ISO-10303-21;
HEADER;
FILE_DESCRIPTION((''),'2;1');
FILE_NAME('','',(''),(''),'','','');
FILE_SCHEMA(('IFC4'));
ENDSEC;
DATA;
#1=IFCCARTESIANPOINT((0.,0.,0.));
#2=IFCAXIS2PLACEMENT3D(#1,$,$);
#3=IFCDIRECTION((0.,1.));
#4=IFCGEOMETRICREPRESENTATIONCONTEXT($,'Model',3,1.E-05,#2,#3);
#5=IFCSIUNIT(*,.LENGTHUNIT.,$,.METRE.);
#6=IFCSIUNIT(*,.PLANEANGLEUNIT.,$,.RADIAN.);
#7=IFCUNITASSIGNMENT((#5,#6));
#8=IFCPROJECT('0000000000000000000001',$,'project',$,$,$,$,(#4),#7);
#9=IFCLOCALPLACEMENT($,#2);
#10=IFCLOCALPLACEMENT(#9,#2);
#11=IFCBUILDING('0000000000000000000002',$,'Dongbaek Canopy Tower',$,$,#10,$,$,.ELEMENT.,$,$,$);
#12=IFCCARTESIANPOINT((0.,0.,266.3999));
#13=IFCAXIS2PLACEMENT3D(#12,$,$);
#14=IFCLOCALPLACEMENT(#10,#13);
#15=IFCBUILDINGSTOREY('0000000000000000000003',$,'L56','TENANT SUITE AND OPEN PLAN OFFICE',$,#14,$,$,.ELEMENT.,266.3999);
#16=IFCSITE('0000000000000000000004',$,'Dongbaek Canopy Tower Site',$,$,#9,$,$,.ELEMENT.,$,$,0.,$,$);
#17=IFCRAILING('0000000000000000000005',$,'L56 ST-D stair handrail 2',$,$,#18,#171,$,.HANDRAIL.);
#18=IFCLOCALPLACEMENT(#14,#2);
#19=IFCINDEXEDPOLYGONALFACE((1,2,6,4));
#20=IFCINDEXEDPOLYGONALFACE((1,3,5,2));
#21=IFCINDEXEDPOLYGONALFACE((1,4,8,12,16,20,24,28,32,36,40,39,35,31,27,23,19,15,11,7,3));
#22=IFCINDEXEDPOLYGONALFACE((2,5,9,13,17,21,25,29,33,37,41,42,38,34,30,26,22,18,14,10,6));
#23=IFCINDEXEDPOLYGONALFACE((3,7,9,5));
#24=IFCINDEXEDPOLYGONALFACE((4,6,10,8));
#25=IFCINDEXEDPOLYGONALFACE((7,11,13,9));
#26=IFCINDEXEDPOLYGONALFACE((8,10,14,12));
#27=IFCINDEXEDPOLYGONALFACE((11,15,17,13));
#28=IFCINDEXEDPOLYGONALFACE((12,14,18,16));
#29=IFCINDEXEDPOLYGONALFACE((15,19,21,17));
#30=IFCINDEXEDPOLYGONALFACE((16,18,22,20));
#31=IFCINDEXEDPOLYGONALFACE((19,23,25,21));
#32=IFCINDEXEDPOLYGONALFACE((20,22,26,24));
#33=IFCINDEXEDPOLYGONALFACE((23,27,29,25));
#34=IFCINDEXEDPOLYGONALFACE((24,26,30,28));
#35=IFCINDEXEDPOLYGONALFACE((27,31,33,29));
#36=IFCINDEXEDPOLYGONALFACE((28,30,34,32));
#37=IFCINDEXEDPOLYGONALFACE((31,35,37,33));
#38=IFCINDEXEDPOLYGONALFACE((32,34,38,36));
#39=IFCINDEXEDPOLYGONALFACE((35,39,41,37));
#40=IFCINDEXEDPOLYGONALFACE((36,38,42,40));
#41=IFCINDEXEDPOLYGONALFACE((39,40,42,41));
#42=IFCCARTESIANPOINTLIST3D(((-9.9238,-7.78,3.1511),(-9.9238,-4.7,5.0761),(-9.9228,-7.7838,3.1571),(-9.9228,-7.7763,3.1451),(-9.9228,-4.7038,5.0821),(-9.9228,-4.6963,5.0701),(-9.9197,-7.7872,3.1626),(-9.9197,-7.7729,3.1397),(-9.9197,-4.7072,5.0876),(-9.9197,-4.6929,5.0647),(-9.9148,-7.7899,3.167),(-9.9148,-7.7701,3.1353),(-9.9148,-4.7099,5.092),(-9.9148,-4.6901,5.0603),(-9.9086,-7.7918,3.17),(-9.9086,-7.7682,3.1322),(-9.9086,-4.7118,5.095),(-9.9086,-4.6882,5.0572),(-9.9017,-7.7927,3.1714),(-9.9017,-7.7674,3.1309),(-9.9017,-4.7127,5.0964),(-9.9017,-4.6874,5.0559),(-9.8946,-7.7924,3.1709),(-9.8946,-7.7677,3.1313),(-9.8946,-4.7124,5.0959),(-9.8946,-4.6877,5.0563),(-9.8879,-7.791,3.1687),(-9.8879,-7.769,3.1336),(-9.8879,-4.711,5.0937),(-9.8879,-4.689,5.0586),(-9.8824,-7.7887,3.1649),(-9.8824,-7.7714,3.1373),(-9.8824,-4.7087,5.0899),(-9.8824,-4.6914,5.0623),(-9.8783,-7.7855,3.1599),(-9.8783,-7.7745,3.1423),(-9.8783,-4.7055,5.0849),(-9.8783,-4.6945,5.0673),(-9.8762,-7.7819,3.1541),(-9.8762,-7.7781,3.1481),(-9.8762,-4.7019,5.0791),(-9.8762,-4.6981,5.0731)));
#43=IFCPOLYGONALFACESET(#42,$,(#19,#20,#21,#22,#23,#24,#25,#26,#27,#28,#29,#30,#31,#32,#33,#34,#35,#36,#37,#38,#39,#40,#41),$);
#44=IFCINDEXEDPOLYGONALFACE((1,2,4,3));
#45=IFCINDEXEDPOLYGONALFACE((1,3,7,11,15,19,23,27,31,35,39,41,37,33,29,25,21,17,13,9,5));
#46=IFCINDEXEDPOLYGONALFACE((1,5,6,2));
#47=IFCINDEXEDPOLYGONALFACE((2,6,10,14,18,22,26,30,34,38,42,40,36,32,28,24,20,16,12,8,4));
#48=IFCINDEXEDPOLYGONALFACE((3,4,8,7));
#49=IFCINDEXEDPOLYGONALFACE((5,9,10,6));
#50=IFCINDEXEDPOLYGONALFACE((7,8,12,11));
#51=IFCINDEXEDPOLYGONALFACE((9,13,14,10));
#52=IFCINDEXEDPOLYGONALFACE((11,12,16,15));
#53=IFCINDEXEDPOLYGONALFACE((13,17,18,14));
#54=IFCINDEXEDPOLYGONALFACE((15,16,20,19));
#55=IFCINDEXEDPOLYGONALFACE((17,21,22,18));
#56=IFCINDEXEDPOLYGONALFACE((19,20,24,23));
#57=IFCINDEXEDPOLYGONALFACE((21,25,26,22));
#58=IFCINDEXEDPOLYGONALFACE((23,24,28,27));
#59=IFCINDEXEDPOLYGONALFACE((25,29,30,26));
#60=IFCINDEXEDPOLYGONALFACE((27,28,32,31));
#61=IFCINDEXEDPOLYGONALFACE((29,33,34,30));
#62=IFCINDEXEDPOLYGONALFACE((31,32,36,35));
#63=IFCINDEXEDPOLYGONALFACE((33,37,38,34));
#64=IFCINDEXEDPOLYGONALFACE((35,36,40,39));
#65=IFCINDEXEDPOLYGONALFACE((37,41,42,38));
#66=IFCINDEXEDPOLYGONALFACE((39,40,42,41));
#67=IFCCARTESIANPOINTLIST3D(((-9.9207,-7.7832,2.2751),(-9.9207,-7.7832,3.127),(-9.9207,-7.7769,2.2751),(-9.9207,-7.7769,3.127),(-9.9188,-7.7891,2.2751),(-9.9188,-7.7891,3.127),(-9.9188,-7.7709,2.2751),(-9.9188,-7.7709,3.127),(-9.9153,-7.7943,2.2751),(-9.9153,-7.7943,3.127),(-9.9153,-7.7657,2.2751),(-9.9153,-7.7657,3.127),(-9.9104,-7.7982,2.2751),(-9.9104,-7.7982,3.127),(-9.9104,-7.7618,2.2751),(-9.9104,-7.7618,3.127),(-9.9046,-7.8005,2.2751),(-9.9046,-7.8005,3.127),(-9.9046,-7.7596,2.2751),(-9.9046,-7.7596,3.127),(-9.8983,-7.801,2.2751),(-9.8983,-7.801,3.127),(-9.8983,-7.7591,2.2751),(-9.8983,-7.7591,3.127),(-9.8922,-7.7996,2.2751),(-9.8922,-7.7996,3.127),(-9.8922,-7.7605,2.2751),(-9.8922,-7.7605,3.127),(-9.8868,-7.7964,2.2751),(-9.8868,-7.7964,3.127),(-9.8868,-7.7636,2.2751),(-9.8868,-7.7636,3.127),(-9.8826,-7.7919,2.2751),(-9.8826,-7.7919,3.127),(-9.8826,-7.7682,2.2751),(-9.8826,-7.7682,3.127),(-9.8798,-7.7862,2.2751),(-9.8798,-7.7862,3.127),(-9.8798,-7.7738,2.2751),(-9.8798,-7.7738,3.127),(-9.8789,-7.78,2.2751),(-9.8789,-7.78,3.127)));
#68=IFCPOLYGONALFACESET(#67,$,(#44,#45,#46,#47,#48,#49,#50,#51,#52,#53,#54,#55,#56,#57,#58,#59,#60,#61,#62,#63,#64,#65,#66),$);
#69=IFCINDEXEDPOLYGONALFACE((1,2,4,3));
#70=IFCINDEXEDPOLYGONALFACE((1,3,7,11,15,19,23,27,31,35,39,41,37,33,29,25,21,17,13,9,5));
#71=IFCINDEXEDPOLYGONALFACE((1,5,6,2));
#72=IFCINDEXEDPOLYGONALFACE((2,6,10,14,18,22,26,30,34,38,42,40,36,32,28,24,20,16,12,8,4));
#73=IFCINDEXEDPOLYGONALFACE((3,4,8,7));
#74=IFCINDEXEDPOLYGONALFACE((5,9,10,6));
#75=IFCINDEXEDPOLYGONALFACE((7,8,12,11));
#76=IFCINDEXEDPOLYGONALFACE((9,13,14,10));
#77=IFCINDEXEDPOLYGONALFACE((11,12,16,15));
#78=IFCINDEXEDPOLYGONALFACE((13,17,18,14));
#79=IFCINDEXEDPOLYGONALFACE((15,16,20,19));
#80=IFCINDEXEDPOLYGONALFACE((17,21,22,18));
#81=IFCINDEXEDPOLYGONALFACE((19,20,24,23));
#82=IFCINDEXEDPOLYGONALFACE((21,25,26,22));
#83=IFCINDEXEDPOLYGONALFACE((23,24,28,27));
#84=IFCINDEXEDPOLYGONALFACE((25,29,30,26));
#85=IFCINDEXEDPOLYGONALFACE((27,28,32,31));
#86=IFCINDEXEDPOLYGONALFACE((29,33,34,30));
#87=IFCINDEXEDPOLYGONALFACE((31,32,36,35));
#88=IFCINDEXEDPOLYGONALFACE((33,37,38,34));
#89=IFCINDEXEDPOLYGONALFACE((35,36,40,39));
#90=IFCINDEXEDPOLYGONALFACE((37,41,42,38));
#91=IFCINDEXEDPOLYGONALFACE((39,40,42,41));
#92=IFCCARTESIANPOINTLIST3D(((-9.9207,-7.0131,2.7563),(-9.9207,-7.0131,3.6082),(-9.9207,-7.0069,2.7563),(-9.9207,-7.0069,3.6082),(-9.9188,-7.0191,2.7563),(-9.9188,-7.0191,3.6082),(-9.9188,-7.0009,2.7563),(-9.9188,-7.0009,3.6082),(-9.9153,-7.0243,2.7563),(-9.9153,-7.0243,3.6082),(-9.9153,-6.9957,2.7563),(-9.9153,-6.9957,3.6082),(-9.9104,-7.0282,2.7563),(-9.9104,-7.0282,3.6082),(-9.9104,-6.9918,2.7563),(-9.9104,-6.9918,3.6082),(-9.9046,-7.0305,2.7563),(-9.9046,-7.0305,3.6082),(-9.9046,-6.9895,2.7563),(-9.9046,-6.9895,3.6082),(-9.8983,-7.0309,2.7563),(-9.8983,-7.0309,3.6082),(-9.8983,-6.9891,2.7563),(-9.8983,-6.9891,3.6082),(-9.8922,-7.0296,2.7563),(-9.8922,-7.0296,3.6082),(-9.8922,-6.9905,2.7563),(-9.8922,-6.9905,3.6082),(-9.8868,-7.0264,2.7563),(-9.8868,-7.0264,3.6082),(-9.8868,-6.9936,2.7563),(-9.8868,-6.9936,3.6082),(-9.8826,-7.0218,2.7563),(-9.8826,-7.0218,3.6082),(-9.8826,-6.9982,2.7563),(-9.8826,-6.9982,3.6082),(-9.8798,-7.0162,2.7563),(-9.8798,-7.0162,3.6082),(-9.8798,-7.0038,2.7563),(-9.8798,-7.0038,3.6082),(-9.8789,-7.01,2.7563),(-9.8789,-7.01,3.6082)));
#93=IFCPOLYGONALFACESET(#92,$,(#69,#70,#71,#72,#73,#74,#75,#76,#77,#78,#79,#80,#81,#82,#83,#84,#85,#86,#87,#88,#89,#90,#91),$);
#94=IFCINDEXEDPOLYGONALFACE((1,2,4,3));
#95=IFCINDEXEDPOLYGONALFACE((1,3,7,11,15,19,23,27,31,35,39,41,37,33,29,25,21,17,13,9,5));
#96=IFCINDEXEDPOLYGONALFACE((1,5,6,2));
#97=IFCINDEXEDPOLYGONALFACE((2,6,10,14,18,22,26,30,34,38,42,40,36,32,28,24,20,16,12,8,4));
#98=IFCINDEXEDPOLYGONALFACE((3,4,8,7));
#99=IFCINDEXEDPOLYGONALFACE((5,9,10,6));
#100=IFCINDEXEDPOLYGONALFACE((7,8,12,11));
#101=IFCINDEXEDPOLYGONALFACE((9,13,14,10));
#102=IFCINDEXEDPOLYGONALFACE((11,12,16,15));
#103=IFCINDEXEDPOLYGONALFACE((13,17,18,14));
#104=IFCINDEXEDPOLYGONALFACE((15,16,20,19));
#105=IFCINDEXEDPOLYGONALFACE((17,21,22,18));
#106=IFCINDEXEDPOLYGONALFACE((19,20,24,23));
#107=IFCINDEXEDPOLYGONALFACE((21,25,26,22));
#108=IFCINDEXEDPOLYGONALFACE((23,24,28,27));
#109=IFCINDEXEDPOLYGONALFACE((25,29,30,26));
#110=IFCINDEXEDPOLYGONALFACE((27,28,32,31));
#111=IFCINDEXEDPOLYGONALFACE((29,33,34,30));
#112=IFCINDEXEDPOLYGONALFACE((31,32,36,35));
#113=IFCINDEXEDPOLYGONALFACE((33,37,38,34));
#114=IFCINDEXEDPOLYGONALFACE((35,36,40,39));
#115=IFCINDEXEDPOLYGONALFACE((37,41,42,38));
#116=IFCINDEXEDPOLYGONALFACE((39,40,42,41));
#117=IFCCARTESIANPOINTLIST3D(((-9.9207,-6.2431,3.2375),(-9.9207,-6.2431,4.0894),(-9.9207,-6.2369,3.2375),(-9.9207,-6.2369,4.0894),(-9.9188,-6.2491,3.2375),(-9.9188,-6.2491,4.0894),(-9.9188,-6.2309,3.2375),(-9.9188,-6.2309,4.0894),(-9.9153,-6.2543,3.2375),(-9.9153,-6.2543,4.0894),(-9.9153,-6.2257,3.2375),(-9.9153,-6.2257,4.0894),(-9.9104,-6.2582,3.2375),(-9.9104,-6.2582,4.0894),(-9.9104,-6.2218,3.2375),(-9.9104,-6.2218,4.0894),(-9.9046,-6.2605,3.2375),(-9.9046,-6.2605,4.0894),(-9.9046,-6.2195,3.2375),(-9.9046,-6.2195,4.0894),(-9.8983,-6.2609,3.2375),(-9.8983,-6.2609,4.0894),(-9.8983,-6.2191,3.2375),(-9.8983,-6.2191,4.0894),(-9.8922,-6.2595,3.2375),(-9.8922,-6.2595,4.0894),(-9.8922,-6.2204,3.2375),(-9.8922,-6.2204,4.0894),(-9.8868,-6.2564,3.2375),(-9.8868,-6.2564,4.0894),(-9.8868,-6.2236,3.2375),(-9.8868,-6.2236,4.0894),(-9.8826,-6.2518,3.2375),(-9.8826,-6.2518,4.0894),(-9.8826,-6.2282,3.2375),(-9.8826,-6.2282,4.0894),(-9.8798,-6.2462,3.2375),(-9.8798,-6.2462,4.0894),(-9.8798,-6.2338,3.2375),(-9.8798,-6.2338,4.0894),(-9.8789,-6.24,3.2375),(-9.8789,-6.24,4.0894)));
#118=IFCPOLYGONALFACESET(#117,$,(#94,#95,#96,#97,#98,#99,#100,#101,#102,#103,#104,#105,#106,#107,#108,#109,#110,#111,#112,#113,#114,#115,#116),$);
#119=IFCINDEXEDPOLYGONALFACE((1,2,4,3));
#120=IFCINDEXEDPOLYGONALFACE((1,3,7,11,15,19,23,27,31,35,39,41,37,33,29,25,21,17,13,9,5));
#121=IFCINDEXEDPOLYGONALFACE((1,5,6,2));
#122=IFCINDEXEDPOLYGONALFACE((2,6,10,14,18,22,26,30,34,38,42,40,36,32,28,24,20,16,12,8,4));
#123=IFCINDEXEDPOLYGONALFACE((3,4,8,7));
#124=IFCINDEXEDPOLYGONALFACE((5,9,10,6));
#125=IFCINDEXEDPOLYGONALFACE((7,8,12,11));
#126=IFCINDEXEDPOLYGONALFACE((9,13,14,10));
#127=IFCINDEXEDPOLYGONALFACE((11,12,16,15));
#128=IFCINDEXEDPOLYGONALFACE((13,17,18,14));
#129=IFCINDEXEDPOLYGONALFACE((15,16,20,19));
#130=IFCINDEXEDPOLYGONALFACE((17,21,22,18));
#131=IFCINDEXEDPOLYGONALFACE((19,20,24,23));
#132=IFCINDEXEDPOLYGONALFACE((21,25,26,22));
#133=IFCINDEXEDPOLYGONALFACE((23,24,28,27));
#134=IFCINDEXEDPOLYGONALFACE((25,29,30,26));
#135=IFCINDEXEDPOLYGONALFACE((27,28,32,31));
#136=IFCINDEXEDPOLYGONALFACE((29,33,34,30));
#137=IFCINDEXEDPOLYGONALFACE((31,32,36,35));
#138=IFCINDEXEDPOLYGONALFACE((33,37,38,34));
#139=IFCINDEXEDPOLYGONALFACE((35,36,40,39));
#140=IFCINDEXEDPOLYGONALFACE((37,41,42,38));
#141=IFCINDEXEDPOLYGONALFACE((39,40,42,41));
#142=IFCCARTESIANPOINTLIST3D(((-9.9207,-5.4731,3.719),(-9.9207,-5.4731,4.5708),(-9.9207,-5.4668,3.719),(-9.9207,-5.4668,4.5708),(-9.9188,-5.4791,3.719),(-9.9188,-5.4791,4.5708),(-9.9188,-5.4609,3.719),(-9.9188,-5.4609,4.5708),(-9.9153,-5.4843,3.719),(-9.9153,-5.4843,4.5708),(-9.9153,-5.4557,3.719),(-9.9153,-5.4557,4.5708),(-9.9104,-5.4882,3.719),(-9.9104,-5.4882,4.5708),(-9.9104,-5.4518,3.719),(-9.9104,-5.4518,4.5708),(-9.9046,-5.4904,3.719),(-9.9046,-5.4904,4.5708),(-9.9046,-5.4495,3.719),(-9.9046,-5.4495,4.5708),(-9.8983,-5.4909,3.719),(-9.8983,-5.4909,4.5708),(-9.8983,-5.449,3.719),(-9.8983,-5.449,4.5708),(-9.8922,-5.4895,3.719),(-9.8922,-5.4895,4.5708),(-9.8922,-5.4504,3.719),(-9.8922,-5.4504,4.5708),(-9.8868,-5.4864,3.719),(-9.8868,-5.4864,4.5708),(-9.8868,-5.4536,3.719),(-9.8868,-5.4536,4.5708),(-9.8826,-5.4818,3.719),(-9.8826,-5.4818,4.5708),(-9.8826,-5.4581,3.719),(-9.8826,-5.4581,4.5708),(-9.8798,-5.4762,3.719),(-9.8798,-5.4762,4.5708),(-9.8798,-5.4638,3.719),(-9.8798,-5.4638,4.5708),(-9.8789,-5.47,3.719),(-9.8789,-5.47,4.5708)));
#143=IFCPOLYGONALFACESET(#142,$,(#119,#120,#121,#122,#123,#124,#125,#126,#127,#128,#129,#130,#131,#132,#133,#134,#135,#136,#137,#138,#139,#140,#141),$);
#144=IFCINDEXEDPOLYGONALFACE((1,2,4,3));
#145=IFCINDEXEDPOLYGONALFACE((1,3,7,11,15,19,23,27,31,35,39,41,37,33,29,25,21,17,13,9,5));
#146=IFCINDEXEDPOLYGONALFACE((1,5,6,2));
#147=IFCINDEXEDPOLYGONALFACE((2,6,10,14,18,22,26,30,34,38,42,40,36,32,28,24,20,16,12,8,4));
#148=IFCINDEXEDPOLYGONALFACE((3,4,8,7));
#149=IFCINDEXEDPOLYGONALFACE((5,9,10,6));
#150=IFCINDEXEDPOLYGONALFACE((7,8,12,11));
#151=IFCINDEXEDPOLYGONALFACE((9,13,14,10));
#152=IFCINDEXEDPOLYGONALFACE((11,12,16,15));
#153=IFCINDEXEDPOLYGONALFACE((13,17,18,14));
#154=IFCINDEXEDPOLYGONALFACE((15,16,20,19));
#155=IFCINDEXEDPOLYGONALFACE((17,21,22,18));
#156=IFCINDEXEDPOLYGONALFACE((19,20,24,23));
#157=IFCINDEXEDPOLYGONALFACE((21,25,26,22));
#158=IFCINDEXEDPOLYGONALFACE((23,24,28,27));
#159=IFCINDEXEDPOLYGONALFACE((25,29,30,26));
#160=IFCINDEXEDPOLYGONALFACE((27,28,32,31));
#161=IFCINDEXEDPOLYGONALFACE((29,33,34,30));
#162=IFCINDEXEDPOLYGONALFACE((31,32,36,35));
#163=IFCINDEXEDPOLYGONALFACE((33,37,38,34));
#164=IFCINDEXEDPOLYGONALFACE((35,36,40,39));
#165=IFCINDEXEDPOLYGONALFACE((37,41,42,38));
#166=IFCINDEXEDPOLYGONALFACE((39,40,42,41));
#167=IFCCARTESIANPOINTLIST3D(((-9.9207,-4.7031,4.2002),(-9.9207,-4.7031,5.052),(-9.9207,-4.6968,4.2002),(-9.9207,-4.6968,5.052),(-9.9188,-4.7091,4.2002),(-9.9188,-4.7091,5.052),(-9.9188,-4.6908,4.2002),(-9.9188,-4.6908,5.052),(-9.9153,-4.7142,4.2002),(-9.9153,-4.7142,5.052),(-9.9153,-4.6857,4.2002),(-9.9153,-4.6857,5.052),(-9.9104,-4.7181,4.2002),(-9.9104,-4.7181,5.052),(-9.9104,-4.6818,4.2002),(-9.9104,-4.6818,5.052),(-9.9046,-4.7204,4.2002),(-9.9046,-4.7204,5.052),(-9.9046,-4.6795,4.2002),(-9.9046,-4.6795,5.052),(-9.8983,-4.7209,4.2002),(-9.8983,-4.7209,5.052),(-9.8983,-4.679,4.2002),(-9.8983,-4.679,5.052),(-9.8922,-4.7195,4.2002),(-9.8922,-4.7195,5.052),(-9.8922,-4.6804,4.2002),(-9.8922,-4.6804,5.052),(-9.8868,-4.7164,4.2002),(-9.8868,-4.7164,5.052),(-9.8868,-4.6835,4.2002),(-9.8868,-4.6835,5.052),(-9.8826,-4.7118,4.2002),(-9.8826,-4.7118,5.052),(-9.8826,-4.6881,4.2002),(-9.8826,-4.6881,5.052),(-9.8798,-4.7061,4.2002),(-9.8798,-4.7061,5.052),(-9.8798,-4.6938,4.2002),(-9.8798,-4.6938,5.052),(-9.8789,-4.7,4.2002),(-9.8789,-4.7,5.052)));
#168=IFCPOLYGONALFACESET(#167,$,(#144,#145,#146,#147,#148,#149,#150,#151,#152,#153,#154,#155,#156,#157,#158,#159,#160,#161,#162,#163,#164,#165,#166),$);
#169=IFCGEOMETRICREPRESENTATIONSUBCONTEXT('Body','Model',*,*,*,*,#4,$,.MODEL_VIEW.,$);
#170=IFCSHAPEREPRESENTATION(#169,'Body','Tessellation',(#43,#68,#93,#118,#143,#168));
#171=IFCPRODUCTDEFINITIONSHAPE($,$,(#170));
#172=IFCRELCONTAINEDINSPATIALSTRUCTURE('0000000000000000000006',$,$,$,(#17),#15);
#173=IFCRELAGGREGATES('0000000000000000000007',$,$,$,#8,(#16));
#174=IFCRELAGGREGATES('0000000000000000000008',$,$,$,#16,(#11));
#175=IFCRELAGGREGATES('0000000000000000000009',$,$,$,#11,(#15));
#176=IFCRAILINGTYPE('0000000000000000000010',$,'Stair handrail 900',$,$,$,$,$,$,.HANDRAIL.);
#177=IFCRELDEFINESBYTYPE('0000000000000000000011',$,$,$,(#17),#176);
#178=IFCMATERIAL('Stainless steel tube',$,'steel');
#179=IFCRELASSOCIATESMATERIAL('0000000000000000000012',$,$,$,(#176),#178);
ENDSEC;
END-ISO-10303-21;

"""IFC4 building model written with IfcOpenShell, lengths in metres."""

from ifc_helpers import new_model, si_unit, direction, frame, origin, origin_2d, place, context, subcontext, project, spatial, circle, extrude, material, type_object, element, save


model = new_model("IFC4")

# Units and contexts
model_context = context("Model", 3, precision=1e-05, world=origin(), true_north=direction((0.0, 1.0)))
body_context = subcontext(model_context, "Body", "Model", "MODEL_VIEW")
ifc_project = project(units=[si_unit("LENGTHUNIT", "METRE"), si_unit("PLANEANGLEUNIT", "RADIAN")], contexts=[model_context])

# Site, building, storey
site_placement = place(None, origin())
site = spatial("IfcSite", under=ifc_project, at=site_placement, Name="Dongbaek Canopy Tower Site", CompositionType="ELEMENT", RefElevation=0.0)
building_placement = place(site_placement, origin())
building = spatial("IfcBuilding", under=site, at=building_placement, Name="Dongbaek Canopy Tower", CompositionType="ELEMENT")
storey_placement = place(building_placement, frame((0.0, 0.0, 266.3999)))
storey = spatial("IfcBuildingStorey", under=building, at=storey_placement, Name="L56", Description="TENANT SUITE AND OPEN PLAN OFFICE", CompositionType="ELEMENT", Elevation=266.3999)

# Railing
ifc_material_1 = material(Name="Stainless steel tube", Category="steel")
railing_type_1 = type_object("IfcRailingType", Name="Stair handrail 900", PredefinedType="HANDRAIL", material=ifc_material_1)
railing_1_placement = place(storey_placement, frame((-9.8999, -7.78, 2.2751)))
element("IfcRailing", 1, at=railing_1_placement, inside=storey, type_object=railing_type_1, Name="L56 ST-D stair handrail 2", PredefinedType="HANDRAIL", context=body_context, shape_type="SweptSolid", body=[
    extrude(circle(Radius=0.0239, at=origin_2d()), frame((0.0, 0.0, 0.876), z_axis=(0.0, 0.847998, 0.529999), x_axis=(-1.0, 0.0, 0.0)), (0.0, 0.0, 1.0), 3.6321),
    extrude(circle(Radius=0.021, at=origin_2d()), origin(), (0.0, 0.0, 1.0), 0.8518),
    extrude(circle(Radius=0.021, at=origin_2d()), frame((0.0, 0.77, 0.4812)), (0.0, 0.0, 1.0), 0.8518),
    extrude(circle(Radius=0.021, at=origin_2d()), frame((0.0, 1.54, 0.9624)), (0.0, 0.0, 1.0), 0.8518),
    extrude(circle(Radius=0.021, at=origin_2d()), frame((0.0, 2.3101, 1.4438)), (0.0, 0.0, 1.0), 0.8518),
    extrude(circle(Radius=0.021, at=origin_2d()), frame((0.0, 3.0801, 1.925)), (0.0, 0.0, 1.0), 0.8518),
])

save(model, "model.ifc")
